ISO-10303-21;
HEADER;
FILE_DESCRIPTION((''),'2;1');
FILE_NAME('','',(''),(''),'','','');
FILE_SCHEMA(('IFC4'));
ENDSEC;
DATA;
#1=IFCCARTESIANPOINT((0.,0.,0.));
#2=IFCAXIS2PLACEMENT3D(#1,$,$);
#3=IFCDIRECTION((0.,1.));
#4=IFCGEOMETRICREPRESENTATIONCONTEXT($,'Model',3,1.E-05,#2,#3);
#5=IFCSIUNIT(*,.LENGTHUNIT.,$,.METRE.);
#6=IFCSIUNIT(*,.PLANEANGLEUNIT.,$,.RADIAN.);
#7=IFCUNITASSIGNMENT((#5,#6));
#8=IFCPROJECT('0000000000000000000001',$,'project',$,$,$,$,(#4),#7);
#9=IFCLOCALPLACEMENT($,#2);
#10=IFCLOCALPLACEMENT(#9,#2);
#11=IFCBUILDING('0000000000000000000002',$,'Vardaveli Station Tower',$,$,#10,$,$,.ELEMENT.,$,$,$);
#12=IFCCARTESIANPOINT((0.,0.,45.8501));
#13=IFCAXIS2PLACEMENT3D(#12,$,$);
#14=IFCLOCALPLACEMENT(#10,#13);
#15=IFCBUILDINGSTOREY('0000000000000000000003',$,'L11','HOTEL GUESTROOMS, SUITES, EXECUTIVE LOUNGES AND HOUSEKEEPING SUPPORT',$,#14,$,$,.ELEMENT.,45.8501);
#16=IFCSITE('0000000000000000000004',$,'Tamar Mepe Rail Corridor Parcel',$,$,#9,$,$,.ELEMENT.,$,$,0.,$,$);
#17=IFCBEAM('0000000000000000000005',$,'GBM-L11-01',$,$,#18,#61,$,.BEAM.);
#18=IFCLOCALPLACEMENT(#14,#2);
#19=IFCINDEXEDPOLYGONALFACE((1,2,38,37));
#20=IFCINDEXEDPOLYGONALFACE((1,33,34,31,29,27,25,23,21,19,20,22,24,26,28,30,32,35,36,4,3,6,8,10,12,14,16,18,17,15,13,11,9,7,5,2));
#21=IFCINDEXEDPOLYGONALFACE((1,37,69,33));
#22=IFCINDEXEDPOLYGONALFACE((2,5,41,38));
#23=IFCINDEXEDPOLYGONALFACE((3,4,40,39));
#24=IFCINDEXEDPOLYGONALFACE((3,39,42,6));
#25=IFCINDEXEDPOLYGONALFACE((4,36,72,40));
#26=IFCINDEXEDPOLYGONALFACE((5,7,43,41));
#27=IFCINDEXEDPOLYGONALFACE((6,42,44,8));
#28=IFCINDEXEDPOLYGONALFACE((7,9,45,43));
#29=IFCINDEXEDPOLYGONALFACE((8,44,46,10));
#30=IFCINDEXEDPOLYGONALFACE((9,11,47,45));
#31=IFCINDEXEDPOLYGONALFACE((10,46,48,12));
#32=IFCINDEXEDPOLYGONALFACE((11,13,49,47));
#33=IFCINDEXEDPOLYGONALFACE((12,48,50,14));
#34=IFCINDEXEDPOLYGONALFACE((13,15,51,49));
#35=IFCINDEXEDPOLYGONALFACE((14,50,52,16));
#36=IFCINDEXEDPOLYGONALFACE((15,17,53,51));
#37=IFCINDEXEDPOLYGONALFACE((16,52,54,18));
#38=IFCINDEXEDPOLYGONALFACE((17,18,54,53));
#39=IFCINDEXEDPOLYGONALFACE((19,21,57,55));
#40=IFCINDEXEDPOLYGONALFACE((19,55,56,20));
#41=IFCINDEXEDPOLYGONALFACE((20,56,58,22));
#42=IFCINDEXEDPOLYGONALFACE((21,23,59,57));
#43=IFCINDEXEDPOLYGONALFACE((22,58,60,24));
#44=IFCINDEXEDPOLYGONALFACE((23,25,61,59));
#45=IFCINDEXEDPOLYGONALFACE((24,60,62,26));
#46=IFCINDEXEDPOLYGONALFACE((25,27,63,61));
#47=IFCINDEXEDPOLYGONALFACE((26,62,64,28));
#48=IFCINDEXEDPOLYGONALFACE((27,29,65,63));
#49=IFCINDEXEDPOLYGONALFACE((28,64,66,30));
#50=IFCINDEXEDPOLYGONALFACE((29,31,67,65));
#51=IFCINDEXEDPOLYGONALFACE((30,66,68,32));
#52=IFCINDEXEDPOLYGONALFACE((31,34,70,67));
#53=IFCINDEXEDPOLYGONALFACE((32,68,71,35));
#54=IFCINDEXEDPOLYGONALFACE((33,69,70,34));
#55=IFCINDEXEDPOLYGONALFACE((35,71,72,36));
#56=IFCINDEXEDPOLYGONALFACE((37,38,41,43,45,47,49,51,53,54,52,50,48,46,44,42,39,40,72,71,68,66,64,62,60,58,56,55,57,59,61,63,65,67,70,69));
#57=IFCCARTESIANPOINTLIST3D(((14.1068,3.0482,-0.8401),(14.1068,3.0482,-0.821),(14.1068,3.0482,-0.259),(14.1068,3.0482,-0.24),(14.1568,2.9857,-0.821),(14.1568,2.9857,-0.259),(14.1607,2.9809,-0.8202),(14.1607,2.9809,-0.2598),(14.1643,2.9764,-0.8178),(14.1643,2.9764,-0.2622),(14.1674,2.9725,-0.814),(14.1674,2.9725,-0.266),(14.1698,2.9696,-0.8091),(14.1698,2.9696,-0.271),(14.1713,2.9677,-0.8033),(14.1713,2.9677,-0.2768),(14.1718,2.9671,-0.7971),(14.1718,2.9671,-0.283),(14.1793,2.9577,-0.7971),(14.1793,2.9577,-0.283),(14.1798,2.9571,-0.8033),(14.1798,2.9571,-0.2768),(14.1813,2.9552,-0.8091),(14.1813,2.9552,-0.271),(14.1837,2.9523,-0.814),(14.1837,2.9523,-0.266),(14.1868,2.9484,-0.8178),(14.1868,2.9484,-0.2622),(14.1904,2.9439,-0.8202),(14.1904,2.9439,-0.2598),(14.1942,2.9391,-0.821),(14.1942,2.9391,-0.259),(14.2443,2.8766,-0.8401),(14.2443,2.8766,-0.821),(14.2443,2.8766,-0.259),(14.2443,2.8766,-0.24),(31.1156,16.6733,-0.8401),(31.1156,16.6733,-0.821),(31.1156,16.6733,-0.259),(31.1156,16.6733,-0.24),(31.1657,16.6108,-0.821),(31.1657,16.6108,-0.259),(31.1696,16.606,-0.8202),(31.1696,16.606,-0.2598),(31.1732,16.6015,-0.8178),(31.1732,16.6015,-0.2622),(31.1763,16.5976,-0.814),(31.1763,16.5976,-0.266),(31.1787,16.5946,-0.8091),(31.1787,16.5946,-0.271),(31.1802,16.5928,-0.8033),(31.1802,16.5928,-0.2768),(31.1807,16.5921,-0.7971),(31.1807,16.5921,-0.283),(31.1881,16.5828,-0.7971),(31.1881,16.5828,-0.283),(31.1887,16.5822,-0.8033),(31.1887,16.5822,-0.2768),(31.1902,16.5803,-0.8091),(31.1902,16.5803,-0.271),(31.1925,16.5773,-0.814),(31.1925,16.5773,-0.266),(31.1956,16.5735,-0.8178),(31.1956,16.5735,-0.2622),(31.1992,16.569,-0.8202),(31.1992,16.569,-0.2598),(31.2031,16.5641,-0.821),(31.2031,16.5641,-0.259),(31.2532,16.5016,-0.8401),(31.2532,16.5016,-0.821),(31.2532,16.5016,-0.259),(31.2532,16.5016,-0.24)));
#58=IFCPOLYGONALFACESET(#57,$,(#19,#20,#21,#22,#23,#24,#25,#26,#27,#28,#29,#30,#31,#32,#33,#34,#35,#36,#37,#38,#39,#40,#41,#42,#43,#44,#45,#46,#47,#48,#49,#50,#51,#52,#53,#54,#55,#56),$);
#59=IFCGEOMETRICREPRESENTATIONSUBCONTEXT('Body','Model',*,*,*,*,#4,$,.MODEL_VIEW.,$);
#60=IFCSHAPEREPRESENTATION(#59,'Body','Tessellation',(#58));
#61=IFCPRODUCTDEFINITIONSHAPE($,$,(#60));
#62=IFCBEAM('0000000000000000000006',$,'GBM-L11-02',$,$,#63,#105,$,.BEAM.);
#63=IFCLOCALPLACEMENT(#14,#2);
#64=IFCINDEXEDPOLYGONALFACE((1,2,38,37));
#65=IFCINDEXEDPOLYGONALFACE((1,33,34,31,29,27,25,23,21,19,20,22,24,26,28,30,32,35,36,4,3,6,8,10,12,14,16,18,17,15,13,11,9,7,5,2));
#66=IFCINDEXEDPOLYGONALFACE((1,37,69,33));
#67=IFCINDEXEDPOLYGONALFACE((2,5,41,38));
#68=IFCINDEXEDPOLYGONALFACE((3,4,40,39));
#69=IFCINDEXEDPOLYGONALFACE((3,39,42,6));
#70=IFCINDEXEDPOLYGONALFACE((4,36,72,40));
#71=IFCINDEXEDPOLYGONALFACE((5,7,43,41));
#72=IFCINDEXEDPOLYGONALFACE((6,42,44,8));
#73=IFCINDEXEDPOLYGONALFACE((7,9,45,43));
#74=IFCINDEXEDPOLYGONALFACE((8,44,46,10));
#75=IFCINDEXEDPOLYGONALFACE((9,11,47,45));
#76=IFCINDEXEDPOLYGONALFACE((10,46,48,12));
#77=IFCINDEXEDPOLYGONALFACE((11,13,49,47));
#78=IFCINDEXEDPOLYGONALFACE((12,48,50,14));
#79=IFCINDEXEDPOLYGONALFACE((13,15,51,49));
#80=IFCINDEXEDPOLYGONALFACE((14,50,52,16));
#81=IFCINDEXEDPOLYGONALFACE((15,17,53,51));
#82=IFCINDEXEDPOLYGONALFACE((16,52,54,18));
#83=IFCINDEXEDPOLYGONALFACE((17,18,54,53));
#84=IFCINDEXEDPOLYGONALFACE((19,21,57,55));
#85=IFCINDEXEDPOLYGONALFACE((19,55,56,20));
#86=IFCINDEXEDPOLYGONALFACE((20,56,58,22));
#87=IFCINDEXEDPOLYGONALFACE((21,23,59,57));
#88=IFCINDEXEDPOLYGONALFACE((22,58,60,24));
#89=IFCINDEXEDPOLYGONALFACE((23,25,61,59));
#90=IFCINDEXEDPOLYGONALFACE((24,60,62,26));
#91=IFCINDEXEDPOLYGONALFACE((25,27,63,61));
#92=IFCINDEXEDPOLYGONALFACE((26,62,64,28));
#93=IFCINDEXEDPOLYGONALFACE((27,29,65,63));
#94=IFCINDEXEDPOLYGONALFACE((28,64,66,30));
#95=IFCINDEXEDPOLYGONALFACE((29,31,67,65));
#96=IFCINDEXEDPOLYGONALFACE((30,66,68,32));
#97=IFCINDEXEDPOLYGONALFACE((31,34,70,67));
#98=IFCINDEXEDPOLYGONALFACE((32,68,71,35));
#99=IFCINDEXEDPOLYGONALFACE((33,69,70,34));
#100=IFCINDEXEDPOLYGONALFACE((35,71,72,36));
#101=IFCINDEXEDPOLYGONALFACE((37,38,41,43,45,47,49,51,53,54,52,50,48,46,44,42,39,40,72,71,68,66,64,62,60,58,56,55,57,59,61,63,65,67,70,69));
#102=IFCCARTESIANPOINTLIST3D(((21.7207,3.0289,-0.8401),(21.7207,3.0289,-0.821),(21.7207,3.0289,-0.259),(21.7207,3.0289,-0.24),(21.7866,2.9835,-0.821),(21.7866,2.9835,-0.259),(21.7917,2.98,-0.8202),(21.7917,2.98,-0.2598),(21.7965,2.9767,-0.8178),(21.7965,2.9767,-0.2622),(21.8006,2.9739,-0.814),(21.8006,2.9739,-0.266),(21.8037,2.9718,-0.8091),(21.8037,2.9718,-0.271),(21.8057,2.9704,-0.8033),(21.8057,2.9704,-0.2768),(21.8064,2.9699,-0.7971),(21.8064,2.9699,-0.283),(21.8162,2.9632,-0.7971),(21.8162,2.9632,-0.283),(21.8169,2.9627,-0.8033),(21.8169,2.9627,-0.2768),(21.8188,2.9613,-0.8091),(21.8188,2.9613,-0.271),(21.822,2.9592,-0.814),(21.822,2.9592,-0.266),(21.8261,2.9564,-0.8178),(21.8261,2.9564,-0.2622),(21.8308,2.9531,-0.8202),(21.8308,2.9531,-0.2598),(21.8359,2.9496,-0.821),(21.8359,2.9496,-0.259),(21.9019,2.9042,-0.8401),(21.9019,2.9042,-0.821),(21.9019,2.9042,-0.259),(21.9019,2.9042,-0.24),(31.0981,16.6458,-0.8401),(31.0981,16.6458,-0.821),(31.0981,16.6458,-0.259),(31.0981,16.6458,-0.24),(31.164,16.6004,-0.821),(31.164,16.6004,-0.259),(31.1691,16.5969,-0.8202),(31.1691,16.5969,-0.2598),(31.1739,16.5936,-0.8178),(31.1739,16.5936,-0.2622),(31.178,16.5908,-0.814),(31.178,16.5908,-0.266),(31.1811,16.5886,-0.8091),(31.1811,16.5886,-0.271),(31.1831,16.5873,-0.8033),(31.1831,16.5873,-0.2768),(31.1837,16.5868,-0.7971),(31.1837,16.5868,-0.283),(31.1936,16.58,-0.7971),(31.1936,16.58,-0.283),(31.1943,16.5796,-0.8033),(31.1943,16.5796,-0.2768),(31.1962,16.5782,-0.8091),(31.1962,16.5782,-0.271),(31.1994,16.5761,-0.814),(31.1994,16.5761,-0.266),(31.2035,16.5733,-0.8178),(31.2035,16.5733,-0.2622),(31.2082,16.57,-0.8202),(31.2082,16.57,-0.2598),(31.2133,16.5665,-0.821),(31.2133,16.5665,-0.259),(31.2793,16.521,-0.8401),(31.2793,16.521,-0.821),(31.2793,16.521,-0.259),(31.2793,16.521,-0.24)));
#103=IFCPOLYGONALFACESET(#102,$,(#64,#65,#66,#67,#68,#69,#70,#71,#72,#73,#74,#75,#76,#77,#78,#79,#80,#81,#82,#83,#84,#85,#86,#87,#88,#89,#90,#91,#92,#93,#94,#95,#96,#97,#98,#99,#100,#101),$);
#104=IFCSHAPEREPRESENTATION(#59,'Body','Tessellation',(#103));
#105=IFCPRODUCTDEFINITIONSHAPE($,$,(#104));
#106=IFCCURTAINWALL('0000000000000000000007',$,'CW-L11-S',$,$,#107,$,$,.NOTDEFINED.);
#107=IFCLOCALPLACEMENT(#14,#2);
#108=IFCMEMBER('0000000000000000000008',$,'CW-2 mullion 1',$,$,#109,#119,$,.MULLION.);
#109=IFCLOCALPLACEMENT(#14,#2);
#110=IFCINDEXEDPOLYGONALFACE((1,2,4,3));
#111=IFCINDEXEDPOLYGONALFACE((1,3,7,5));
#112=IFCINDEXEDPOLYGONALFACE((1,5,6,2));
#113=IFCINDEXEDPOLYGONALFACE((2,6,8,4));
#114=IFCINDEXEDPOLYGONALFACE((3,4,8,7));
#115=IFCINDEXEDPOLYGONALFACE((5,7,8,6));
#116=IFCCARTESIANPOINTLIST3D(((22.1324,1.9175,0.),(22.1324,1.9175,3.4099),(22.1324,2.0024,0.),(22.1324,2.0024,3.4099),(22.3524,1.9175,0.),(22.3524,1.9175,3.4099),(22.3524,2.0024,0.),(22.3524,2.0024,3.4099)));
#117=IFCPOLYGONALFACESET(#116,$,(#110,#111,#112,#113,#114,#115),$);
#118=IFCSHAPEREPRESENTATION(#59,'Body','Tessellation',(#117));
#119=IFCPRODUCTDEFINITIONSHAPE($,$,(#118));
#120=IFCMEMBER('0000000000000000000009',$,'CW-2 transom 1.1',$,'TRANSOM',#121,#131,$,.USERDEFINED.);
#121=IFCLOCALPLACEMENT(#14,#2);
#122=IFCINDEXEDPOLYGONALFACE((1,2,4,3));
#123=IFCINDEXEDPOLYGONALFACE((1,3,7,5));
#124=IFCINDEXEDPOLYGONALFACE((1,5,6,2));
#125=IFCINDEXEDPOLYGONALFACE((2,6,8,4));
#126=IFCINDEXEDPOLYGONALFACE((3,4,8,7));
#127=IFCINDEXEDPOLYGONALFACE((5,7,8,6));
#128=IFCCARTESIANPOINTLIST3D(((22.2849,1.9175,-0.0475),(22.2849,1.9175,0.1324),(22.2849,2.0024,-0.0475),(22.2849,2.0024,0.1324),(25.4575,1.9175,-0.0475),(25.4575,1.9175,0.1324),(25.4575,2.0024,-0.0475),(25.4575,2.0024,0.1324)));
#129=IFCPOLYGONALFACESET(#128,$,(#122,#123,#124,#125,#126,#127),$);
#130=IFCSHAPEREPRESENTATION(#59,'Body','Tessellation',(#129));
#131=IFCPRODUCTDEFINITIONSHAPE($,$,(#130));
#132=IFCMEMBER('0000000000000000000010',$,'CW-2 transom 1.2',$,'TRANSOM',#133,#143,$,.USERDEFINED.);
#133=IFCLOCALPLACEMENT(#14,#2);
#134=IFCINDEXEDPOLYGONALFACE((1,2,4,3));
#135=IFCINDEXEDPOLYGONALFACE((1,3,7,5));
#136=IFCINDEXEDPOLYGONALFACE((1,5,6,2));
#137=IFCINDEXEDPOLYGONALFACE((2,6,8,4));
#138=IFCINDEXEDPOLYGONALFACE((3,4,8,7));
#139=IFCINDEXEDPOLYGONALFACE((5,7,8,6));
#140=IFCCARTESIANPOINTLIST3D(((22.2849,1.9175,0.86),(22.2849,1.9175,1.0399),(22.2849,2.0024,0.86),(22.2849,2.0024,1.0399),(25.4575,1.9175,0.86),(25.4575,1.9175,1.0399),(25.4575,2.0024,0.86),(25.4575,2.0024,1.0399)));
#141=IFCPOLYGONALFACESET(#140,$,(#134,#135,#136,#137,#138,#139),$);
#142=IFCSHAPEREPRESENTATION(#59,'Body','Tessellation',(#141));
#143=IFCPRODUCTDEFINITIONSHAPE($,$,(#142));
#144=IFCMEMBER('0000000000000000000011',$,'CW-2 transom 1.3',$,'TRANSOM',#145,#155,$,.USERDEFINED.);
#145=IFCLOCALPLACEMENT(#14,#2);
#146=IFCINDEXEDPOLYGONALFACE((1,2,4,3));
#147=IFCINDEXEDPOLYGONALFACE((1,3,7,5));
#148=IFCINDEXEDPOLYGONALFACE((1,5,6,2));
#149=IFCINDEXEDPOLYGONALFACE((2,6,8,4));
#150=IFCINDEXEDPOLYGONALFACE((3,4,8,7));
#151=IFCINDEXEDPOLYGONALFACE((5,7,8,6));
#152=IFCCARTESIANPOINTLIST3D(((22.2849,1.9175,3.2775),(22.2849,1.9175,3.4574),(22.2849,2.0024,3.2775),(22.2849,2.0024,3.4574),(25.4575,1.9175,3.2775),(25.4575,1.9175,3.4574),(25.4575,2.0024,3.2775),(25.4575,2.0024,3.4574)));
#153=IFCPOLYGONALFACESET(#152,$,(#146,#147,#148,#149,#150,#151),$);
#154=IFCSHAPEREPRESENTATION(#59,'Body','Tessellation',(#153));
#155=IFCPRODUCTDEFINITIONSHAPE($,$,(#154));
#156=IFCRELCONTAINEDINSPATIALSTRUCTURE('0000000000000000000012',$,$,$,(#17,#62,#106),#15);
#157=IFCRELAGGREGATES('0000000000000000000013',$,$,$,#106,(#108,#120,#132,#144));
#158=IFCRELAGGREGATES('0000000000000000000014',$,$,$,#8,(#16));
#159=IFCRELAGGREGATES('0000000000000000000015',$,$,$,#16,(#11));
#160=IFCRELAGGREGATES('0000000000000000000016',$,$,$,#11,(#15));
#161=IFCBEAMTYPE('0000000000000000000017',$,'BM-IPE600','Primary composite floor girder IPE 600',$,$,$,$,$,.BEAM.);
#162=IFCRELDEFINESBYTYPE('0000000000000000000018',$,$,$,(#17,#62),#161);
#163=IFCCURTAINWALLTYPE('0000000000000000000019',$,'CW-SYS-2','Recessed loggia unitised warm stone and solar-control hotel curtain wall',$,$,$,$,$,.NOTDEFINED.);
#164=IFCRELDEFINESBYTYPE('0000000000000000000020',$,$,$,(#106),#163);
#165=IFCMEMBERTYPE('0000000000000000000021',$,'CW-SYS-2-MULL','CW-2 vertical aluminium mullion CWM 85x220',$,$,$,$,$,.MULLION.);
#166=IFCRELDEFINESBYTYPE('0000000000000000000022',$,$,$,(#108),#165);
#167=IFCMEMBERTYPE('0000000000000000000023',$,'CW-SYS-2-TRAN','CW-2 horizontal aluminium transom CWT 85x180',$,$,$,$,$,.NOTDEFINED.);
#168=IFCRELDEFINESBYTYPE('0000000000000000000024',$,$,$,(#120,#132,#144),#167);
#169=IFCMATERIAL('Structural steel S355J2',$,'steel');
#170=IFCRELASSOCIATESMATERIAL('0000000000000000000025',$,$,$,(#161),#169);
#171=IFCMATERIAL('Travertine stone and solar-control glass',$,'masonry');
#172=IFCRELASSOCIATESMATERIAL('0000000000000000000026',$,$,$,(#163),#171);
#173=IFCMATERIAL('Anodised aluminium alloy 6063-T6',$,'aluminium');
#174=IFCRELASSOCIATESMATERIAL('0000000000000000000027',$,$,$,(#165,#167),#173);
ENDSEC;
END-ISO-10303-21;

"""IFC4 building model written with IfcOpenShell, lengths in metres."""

from ifc_helpers import new_model, si_unit, direction, frame, origin, origin_2d, place, context, subcontext, project, spatial, rectangle, i_section, extrude, source, transform, mapped, material, material_profile, profile_set, type_object, element, aggregate, save


model = new_model("IFC4")

# Units and contexts
model_context = context("Model", 3, precision=1e-05, world=origin(), true_north=direction((0.0, 1.0)))
body_context = subcontext(model_context, "Body", "Model", "MODEL_VIEW")
ifc_project = project(units=[si_unit("LENGTHUNIT", "METRE"), si_unit("PLANEANGLEUNIT", "RADIAN")], contexts=[model_context])

# Site, building, storey
site_placement = place(None, origin())
site = spatial("IfcSite", under=ifc_project, at=site_placement, Name="Tamar Mepe Rail Corridor Parcel", CompositionType="ELEMENT", RefElevation=0.0)
building_placement = place(site_placement, origin())
building = spatial("IfcBuilding", under=site, at=building_placement, Name="Vardaveli Station Tower", CompositionType="ELEMENT")
storey_placement = place(building_placement, frame((0.0, 0.0, 45.8501)))
storey = spatial("IfcBuildingStorey", under=building, at=storey_placement, Name="L11", Description="HOTEL GUESTROOMS, SUITES, EXECUTIVE LOUNGES AND HOUSEKEEPING SUPPORT", CompositionType="ELEMENT", Elevation=45.8501)

# Beams
ifc_material_1 = material(Name="Structural steel S355J2", Category="steel")
ifc_material_profile_1 = material_profile(ifc_material_1, i_section(OverallWidth=0.22, OverallDepth=0.6001, WebThickness=0.012, FlangeThickness=0.019, FilletRadius=0.0239, at=origin_2d()), Name="IPE 600")
ifc_profile_set_1 = profile_set([ifc_material_profile_1], Name="Structural steel S355J2")
beam_type_1 = type_object("IfcBeamType", Name="BM-IPE600", Description="Primary composite floor girder IPE 600", PredefinedType="BEAM", material=ifc_profile_set_1)
shared_shape_1 = source(origin(), body_context, "Body", "SweptSolid", [
    extrude(i_section(OverallWidth=0.22, OverallDepth=0.6001, WebThickness=0.012, FlangeThickness=0.019, FilletRadius=0.0239, at=origin_2d()), origin(), (0.0, 0.0, 1.0), 21.7932),
])
beam_1_placement = place(storey_placement, frame((14.1755, 2.9624, -0.54), z_axis=(0.780466, 0.625198, 0.0), x_axis=(-0.625198, 0.780466, 0.0)))
element("IfcBeam", 1, at=beam_1_placement, inside=storey, type_object=beam_type_1, Name="GBM-L11-01", PredefinedType="BEAM", context=body_context, shape_type="MappedRepresentation", body=[
    mapped(shared_shape_1, transform((0.0, 0.0, 0.0), scale=1.0)),
])
shared_shape_2 = source(origin(), body_context, "Body", "SweptSolid", [
    extrude(i_section(OverallWidth=0.22, OverallDepth=0.6001, WebThickness=0.012, FlangeThickness=0.019, FilletRadius=0.0239, at=origin_2d()), origin(), (0.0, 0.0, 1.0), 16.5334),
])
beam_2_placement = place(storey_placement, frame((21.8113, 2.9666, -0.54), z_axis=(0.567177, 0.823596, 0.0), x_axis=(-0.823596, 0.567177, 0.0)))
element("IfcBeam", 2, at=beam_2_placement, inside=storey, type_object=beam_type_1, Name="GBM-L11-02", PredefinedType="BEAM", context=body_context, shape_type="MappedRepresentation", body=[
    mapped(shared_shape_2, transform((0.0, 0.0, 0.0), scale=1.0)),
])

# Curtain wall, members
ifc_material_2 = material(Name="Travertine stone and solar-control glass", Category="masonry")
curtain_wall_type = type_object("IfcCurtainWallType", Name="CW-SYS-2", Description="Recessed loggia unitised warm stone and solar-control hotel curtain wall", PredefinedType="NOTDEFINED", material=ifc_material_2)
curtain_wall_placement = place(storey_placement, origin())
curtain_wall = element("IfcCurtainWall", 3, at=curtain_wall_placement, inside=storey, type_object=curtain_wall_type, Name="CW-L11-S", PredefinedType="NOTDEFINED")
ifc_material_3 = material(Name="Anodised aluminium alloy 6063-T6", Category="aluminium")
ifc_material_profile_2 = material_profile(ifc_material_3, rectangle(XDim=0.085, YDim=0.22, at=origin_2d()), Name="CWM 85x220")
ifc_profile_set_2 = profile_set([ifc_material_profile_2], Name="Anodised aluminium alloy 6063-T6")
member_type_1 = type_object("IfcMemberType", Name="CW-SYS-2-MULL", Description="CW-2 vertical aluminium mullion CWM 85x220", PredefinedType="MULLION", material=ifc_profile_set_2)
shared_shape_3 = source(origin(), body_context, "Body", "SweptSolid", [
    extrude(rectangle(XDim=0.085, YDim=0.22, at=origin_2d()), origin(), (0.0, 0.0, 1.0), 3.4099),
])
member_1_placement = place(storey_placement, frame((22.2424, 1.96, 0.0), z_axis=(0.0, 0.0, 1.0), x_axis=(0.0, 1.0, 0.0)))
member_1 = element("IfcMember", 4, at=member_1_placement, type_object=member_type_1, Name="CW-2 mullion 1", PredefinedType="MULLION", context=body_context, shape_type="MappedRepresentation", body=[
    mapped(shared_shape_3, transform((0.0, 0.0, 0.0), scale=1.0)),
])
ifc_material_profile_3 = material_profile(ifc_material_3, rectangle(XDim=0.085, YDim=0.1799, at=origin_2d()), Name="CWT 85x180")
ifc_profile_set_3 = profile_set([ifc_material_profile_3], Name="Anodised aluminium alloy 6063-T6")
member_type_2 = type_object("IfcMemberType", Name="CW-SYS-2-TRAN", Description="CW-2 horizontal aluminium transom CWT 85x180", PredefinedType="NOTDEFINED", material=ifc_profile_set_3)
shared_shape_4 = source(origin(), body_context, "Body", "SweptSolid", [
    extrude(rectangle(XDim=0.085, YDim=0.1799, at=origin_2d()), origin(), (0.0, 0.0, 1.0), 3.1726),
])
member_2_placement = place(storey_placement, frame((22.2849, 1.96, 0.0425), z_axis=(1.0, 0.0, 0.0), x_axis=(0.0, 1.0, 0.0)))
member_2 = element("IfcMember", 5, at=member_2_placement, type_object=member_type_2, Name="CW-2 transom 1.1", ObjectType="TRANSOM", PredefinedType="USERDEFINED", context=body_context, shape_type="MappedRepresentation", body=[
    mapped(shared_shape_4, transform((0.0, 0.0, 0.0), scale=1.0)),
])
member_3_placement = place(storey_placement, frame((22.2849, 1.96, 0.95), z_axis=(1.0, 0.0, 0.0), x_axis=(0.0, 1.0, 0.0)))
member_3 = element("IfcMember", 6, at=member_3_placement, type_object=member_type_2, Name="CW-2 transom 1.2", ObjectType="TRANSOM", PredefinedType="USERDEFINED", context=body_context, shape_type="MappedRepresentation", body=[
    mapped(shared_shape_4, transform((0.0, 0.0, 0.0), scale=1.0)),
])
member_4_placement = place(storey_placement, frame((22.2849, 1.96, 3.3674), z_axis=(1.0, 0.0, 0.0), x_axis=(0.0, 1.0, 0.0)))
member_4 = element("IfcMember", 7, at=member_4_placement, type_object=member_type_2, Name="CW-2 transom 1.3", ObjectType="TRANSOM", PredefinedType="USERDEFINED", context=body_context, shape_type="MappedRepresentation", body=[
    mapped(shared_shape_4, transform((0.0, 0.0, 0.0), scale=1.0)),
])
aggregate(curtain_wall, [member_1, member_2, member_3, member_4])

save(model, "model.ifc")
